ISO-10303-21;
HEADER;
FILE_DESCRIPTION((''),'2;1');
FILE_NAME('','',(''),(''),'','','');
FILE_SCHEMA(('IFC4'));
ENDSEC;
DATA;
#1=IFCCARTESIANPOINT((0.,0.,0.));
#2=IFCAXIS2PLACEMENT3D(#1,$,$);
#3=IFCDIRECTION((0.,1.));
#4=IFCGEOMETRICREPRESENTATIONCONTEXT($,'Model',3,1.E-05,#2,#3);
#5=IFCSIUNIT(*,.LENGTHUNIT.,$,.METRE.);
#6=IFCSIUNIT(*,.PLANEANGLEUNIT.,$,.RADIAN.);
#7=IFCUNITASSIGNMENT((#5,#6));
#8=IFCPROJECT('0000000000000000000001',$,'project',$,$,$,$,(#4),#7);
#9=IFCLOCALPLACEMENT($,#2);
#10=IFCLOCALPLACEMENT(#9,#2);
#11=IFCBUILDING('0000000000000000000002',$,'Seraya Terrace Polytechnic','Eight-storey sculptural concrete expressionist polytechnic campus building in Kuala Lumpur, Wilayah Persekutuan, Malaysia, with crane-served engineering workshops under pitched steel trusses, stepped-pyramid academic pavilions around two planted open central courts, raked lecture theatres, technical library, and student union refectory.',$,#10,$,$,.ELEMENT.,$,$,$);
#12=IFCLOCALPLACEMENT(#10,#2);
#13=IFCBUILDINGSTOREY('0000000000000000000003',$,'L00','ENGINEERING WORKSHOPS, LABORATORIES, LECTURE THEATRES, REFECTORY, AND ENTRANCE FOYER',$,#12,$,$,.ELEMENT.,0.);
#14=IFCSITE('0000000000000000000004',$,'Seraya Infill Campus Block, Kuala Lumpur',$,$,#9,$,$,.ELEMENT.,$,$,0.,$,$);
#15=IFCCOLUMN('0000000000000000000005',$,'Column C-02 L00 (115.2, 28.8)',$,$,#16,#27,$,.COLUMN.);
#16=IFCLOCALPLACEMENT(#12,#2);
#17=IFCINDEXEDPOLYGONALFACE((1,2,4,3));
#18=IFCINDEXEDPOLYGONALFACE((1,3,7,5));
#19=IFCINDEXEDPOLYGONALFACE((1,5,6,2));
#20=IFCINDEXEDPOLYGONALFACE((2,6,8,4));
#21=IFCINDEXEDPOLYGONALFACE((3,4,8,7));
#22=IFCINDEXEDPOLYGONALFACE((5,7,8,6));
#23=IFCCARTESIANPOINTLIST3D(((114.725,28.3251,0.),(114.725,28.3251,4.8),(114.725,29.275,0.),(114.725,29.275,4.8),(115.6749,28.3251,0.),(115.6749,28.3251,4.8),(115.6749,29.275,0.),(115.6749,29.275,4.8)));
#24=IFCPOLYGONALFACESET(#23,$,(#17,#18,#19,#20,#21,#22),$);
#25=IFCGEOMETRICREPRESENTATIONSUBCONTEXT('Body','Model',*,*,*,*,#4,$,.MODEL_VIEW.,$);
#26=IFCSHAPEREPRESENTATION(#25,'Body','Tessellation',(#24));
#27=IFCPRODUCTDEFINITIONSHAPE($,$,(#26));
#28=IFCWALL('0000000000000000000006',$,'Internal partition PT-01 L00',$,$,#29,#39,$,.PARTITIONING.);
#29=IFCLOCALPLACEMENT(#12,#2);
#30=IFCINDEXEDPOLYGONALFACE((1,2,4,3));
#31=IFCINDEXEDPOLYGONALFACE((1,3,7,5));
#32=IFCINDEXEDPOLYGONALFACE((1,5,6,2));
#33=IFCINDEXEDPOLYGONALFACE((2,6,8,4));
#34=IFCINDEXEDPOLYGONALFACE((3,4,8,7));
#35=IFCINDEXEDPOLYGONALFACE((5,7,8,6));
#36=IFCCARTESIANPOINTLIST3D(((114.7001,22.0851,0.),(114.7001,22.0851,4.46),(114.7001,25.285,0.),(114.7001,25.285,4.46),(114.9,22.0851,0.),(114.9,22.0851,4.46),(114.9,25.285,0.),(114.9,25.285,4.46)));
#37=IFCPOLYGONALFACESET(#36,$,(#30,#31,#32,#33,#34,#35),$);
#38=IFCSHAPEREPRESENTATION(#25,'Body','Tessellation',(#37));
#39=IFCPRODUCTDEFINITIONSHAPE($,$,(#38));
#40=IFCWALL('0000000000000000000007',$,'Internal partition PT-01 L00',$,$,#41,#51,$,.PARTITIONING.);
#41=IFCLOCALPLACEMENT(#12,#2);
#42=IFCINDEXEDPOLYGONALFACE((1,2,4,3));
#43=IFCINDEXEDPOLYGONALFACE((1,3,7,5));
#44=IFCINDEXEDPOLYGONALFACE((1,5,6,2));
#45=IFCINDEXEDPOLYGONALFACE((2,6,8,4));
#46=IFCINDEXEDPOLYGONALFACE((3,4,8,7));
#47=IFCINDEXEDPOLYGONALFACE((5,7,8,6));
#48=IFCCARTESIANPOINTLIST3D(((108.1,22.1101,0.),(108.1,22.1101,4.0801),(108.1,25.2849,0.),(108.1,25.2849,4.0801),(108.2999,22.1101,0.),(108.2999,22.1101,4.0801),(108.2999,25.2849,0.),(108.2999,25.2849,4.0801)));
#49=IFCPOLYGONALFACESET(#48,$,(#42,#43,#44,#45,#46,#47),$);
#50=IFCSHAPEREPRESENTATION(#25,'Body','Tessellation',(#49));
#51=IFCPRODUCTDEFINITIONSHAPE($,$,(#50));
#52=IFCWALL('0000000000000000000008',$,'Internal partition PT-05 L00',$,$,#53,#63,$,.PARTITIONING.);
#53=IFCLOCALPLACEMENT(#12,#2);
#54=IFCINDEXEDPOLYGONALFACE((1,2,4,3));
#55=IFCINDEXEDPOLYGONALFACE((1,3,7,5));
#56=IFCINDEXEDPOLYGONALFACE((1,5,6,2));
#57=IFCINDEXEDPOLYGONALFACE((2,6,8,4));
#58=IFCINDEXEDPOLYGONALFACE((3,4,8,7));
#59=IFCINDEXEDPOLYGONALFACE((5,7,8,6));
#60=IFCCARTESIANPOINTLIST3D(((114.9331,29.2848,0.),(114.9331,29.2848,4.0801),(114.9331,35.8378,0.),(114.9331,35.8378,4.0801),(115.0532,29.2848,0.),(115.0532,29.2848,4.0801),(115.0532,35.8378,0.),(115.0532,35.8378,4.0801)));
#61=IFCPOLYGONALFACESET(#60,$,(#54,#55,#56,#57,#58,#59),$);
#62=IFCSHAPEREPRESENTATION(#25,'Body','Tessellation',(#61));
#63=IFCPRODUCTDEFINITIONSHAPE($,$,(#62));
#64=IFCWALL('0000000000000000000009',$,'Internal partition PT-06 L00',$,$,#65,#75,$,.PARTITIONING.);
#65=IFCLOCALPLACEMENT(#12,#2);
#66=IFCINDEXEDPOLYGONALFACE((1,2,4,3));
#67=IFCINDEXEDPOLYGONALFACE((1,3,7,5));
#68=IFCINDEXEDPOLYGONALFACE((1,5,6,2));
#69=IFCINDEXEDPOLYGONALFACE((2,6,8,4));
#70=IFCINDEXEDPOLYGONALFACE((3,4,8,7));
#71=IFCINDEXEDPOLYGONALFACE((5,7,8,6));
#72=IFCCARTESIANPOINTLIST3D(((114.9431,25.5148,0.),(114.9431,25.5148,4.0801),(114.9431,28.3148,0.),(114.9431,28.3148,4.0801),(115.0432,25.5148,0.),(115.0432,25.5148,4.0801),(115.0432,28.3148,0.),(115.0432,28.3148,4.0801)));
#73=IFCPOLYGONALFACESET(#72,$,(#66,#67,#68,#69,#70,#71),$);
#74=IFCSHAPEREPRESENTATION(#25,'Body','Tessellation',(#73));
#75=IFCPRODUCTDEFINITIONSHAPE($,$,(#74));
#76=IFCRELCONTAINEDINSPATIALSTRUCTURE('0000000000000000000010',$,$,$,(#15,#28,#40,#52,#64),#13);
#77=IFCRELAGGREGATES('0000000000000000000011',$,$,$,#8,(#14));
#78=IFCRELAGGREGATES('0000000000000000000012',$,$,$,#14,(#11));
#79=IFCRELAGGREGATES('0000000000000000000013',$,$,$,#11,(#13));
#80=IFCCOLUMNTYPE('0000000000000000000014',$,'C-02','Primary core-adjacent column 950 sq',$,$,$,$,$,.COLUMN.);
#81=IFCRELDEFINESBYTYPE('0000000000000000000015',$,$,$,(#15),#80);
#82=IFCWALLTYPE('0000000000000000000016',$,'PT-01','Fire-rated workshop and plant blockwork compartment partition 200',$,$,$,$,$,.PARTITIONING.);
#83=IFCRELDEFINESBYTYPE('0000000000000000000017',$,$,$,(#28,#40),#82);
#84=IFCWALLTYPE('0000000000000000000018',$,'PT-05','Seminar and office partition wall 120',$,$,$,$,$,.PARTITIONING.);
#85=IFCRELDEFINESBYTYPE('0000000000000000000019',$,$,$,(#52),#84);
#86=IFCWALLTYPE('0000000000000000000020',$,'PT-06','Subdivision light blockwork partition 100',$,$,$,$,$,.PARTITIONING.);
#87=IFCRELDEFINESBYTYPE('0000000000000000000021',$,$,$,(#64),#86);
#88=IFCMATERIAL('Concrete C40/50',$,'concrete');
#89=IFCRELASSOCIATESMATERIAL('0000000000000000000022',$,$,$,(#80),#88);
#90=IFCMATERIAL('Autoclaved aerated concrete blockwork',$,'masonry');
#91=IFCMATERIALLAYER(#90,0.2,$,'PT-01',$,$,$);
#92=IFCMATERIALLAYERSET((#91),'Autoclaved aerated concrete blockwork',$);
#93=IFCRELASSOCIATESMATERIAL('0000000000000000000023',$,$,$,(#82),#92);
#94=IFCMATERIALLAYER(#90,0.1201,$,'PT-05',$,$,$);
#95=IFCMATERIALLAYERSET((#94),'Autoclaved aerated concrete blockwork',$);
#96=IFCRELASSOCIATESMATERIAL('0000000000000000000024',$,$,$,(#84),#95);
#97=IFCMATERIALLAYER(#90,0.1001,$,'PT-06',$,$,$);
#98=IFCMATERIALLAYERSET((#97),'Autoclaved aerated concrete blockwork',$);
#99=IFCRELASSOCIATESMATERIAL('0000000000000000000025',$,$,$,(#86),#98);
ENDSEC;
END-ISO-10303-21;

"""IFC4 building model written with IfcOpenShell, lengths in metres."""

from ifc_helpers import new_model, si_unit, direction, frame, frame_2d, origin, origin_2d, place, context, subcontext, project, spatial, rectangle, extrude, material, layer, layer_set, material_profile, profile_set, type_object, element, save


model = new_model("IFC4")

# Units and contexts
model_context = context("Model", 3, precision=1e-05, world=origin(), true_north=direction((0.0, 1.0)))
body_context = subcontext(model_context, "Body", "Model", "MODEL_VIEW")
ifc_project = project(units=[si_unit("LENGTHUNIT", "METRE"), si_unit("PLANEANGLEUNIT", "RADIAN")], contexts=[model_context])

# Site, building, storey
site_placement = place(None, origin())
site = spatial("IfcSite", under=ifc_project, at=site_placement, Name="Seraya Infill Campus Block, Kuala Lumpur", CompositionType="ELEMENT", RefElevation=0.0)
building_placement = place(site_placement, origin())
building = spatial("IfcBuilding", under=site, at=building_placement, Name="Seraya Terrace Polytechnic", Description="Eight-storey sculptural concrete expressionist polytechnic campus building in Kuala Lumpur, Wilayah Persekutuan, Malaysia, with crane-served engineering workshops under pitched steel trusses, stepped-pyramid academic pavilions around two planted open central courts, raked lecture theatres, technical library, and student union refectory.", CompositionType="ELEMENT")
storey_placement = place(building_placement, origin())
storey = spatial("IfcBuildingStorey", under=building, at=storey_placement, Name="L00", Description="ENGINEERING WORKSHOPS, LABORATORIES, LECTURE THEATRES, REFECTORY, AND ENTRANCE FOYER", CompositionType="ELEMENT", Elevation=0.0)

# Shared definitions
ifc_material_1 = material(Name="Concrete C40/50", Category="concrete")

# Column
ifc_material_profile_1 = material_profile(ifc_material_1, rectangle(XDim=0.95, YDim=0.95, at=origin_2d()), Name="RC 950x950")
ifc_profile_set_1 = profile_set([ifc_material_profile_1], Name="Concrete C40/50")
column_type_1 = type_object("IfcColumnType", Name="C-02", Description="Primary core-adjacent column 950 sq", PredefinedType="COLUMN", material=ifc_profile_set_1)
for number, where, z_axis, x_axis, name in (
    (1, (115.2, 28.8, 0.0), (0.0, 0.0, 1.0), (1.0, 0.0, 0.0), "Column C-02 L00 (115.2, 28.8)"),
):
    element("IfcColumn", number, at=place(storey_placement, frame(where, z_axis=z_axis, x_axis=x_axis)), inside=storey, type_object=column_type_1, Name=name, PredefinedType="COLUMN", context=body_context, shape_type="SweptSolid", body=[
        extrude(rectangle(XDim=0.95, YDim=0.95, at=origin_2d()), origin(), (0.0, 0.0, 1.0), 4.8),
    ])

# Walls
ifc_material_2 = material(Name="Autoclaved aerated concrete blockwork", Category="masonry")
ifc_layer_1 = layer(ifc_material_2, 0.2, Name="PT-01")
ifc_layer_set_1 = layer_set([ifc_layer_1], Name="Autoclaved aerated concrete blockwork")
wall_type_1 = type_object("IfcWallType", Name="PT-01", Description="Fire-rated workshop and plant blockwork compartment partition 200", PredefinedType="PARTITIONING", material=ifc_layer_set_1)
wall_1_placement = place(storey_placement, frame((114.8, 22.085, 0.0), z_axis=(0.0, 0.0, 1.0), x_axis=(0.0, 1.0, 0.0)))
element("IfcWall", 2, at=wall_1_placement, inside=storey, type_object=wall_type_1, Name="Internal partition PT-01 L00", PredefinedType="PARTITIONING", context=body_context, shape_type="SweptSolid", body=[
    extrude(rectangle(XDim=3.2, YDim=0.2, at=frame_2d((1.6001, 0.0))), origin(), (0.0, 0.0, 1.0), 4.46),
])
wall_2_placement = place(storey_placement, frame((108.2, 22.1101, 0.0), z_axis=(0.0, 0.0, 1.0), x_axis=(0.0, 1.0, 0.0)))
element("IfcWall", 3, at=wall_2_placement, inside=storey, type_object=wall_type_1, Name="Internal partition PT-01 L00", PredefinedType="PARTITIONING", context=body_context, shape_type="SweptSolid", body=[
    extrude(rectangle(XDim=3.1748, YDim=0.2, at=frame_2d((1.5874, 0.0))), origin(), (0.0, 0.0, 1.0), 4.0801),
])
ifc_layer_2 = layer(ifc_material_2, 0.1201, Name="PT-05")
ifc_layer_set_2 = layer_set([ifc_layer_2], Name="Autoclaved aerated concrete blockwork")
wall_type_2 = type_object("IfcWallType", Name="PT-05", Description="Seminar and office partition wall 120", PredefinedType="PARTITIONING", material=ifc_layer_set_2)
wall_3_placement = place(storey_placement, frame((114.9932, 29.2849, 0.0), z_axis=(0.0, 0.0, 1.0), x_axis=(0.0, 1.0, 0.0)))
element("IfcWall", 4, at=wall_3_placement, inside=storey, type_object=wall_type_2, Name="Internal partition PT-05 L00", PredefinedType="PARTITIONING", context=body_context, shape_type="SweptSolid", body=[
    extrude(rectangle(XDim=6.553, YDim=0.1201, at=frame_2d((3.2764, 0.0))), origin(), (0.0, 0.0, 1.0), 4.0801),
])
ifc_layer_3 = layer(ifc_material_2, 0.1001, Name="PT-06")
ifc_layer_set_3 = layer_set([ifc_layer_3], Name="Autoclaved aerated concrete blockwork")
wall_type_3 = type_object("IfcWallType", Name="PT-06", Description="Subdivision light blockwork partition 100", PredefinedType="PARTITIONING", material=ifc_layer_set_3)
wall_4_placement = place(storey_placement, frame((114.9932, 25.5149, 0.0), z_axis=(0.0, 0.0, 1.0), x_axis=(0.0, 1.0, 0.0)))
element("IfcWall", 5, at=wall_4_placement, inside=storey, type_object=wall_type_3, Name="Internal partition PT-06 L00", PredefinedType="PARTITIONING", context=body_context, shape_type="SweptSolid", body=[
    extrude(rectangle(XDim=2.8, YDim=0.1001, at=frame_2d((1.3999, 0.0))), origin(), (0.0, 0.0, 1.0), 4.0801),
])

save(model, "model.ifc")
